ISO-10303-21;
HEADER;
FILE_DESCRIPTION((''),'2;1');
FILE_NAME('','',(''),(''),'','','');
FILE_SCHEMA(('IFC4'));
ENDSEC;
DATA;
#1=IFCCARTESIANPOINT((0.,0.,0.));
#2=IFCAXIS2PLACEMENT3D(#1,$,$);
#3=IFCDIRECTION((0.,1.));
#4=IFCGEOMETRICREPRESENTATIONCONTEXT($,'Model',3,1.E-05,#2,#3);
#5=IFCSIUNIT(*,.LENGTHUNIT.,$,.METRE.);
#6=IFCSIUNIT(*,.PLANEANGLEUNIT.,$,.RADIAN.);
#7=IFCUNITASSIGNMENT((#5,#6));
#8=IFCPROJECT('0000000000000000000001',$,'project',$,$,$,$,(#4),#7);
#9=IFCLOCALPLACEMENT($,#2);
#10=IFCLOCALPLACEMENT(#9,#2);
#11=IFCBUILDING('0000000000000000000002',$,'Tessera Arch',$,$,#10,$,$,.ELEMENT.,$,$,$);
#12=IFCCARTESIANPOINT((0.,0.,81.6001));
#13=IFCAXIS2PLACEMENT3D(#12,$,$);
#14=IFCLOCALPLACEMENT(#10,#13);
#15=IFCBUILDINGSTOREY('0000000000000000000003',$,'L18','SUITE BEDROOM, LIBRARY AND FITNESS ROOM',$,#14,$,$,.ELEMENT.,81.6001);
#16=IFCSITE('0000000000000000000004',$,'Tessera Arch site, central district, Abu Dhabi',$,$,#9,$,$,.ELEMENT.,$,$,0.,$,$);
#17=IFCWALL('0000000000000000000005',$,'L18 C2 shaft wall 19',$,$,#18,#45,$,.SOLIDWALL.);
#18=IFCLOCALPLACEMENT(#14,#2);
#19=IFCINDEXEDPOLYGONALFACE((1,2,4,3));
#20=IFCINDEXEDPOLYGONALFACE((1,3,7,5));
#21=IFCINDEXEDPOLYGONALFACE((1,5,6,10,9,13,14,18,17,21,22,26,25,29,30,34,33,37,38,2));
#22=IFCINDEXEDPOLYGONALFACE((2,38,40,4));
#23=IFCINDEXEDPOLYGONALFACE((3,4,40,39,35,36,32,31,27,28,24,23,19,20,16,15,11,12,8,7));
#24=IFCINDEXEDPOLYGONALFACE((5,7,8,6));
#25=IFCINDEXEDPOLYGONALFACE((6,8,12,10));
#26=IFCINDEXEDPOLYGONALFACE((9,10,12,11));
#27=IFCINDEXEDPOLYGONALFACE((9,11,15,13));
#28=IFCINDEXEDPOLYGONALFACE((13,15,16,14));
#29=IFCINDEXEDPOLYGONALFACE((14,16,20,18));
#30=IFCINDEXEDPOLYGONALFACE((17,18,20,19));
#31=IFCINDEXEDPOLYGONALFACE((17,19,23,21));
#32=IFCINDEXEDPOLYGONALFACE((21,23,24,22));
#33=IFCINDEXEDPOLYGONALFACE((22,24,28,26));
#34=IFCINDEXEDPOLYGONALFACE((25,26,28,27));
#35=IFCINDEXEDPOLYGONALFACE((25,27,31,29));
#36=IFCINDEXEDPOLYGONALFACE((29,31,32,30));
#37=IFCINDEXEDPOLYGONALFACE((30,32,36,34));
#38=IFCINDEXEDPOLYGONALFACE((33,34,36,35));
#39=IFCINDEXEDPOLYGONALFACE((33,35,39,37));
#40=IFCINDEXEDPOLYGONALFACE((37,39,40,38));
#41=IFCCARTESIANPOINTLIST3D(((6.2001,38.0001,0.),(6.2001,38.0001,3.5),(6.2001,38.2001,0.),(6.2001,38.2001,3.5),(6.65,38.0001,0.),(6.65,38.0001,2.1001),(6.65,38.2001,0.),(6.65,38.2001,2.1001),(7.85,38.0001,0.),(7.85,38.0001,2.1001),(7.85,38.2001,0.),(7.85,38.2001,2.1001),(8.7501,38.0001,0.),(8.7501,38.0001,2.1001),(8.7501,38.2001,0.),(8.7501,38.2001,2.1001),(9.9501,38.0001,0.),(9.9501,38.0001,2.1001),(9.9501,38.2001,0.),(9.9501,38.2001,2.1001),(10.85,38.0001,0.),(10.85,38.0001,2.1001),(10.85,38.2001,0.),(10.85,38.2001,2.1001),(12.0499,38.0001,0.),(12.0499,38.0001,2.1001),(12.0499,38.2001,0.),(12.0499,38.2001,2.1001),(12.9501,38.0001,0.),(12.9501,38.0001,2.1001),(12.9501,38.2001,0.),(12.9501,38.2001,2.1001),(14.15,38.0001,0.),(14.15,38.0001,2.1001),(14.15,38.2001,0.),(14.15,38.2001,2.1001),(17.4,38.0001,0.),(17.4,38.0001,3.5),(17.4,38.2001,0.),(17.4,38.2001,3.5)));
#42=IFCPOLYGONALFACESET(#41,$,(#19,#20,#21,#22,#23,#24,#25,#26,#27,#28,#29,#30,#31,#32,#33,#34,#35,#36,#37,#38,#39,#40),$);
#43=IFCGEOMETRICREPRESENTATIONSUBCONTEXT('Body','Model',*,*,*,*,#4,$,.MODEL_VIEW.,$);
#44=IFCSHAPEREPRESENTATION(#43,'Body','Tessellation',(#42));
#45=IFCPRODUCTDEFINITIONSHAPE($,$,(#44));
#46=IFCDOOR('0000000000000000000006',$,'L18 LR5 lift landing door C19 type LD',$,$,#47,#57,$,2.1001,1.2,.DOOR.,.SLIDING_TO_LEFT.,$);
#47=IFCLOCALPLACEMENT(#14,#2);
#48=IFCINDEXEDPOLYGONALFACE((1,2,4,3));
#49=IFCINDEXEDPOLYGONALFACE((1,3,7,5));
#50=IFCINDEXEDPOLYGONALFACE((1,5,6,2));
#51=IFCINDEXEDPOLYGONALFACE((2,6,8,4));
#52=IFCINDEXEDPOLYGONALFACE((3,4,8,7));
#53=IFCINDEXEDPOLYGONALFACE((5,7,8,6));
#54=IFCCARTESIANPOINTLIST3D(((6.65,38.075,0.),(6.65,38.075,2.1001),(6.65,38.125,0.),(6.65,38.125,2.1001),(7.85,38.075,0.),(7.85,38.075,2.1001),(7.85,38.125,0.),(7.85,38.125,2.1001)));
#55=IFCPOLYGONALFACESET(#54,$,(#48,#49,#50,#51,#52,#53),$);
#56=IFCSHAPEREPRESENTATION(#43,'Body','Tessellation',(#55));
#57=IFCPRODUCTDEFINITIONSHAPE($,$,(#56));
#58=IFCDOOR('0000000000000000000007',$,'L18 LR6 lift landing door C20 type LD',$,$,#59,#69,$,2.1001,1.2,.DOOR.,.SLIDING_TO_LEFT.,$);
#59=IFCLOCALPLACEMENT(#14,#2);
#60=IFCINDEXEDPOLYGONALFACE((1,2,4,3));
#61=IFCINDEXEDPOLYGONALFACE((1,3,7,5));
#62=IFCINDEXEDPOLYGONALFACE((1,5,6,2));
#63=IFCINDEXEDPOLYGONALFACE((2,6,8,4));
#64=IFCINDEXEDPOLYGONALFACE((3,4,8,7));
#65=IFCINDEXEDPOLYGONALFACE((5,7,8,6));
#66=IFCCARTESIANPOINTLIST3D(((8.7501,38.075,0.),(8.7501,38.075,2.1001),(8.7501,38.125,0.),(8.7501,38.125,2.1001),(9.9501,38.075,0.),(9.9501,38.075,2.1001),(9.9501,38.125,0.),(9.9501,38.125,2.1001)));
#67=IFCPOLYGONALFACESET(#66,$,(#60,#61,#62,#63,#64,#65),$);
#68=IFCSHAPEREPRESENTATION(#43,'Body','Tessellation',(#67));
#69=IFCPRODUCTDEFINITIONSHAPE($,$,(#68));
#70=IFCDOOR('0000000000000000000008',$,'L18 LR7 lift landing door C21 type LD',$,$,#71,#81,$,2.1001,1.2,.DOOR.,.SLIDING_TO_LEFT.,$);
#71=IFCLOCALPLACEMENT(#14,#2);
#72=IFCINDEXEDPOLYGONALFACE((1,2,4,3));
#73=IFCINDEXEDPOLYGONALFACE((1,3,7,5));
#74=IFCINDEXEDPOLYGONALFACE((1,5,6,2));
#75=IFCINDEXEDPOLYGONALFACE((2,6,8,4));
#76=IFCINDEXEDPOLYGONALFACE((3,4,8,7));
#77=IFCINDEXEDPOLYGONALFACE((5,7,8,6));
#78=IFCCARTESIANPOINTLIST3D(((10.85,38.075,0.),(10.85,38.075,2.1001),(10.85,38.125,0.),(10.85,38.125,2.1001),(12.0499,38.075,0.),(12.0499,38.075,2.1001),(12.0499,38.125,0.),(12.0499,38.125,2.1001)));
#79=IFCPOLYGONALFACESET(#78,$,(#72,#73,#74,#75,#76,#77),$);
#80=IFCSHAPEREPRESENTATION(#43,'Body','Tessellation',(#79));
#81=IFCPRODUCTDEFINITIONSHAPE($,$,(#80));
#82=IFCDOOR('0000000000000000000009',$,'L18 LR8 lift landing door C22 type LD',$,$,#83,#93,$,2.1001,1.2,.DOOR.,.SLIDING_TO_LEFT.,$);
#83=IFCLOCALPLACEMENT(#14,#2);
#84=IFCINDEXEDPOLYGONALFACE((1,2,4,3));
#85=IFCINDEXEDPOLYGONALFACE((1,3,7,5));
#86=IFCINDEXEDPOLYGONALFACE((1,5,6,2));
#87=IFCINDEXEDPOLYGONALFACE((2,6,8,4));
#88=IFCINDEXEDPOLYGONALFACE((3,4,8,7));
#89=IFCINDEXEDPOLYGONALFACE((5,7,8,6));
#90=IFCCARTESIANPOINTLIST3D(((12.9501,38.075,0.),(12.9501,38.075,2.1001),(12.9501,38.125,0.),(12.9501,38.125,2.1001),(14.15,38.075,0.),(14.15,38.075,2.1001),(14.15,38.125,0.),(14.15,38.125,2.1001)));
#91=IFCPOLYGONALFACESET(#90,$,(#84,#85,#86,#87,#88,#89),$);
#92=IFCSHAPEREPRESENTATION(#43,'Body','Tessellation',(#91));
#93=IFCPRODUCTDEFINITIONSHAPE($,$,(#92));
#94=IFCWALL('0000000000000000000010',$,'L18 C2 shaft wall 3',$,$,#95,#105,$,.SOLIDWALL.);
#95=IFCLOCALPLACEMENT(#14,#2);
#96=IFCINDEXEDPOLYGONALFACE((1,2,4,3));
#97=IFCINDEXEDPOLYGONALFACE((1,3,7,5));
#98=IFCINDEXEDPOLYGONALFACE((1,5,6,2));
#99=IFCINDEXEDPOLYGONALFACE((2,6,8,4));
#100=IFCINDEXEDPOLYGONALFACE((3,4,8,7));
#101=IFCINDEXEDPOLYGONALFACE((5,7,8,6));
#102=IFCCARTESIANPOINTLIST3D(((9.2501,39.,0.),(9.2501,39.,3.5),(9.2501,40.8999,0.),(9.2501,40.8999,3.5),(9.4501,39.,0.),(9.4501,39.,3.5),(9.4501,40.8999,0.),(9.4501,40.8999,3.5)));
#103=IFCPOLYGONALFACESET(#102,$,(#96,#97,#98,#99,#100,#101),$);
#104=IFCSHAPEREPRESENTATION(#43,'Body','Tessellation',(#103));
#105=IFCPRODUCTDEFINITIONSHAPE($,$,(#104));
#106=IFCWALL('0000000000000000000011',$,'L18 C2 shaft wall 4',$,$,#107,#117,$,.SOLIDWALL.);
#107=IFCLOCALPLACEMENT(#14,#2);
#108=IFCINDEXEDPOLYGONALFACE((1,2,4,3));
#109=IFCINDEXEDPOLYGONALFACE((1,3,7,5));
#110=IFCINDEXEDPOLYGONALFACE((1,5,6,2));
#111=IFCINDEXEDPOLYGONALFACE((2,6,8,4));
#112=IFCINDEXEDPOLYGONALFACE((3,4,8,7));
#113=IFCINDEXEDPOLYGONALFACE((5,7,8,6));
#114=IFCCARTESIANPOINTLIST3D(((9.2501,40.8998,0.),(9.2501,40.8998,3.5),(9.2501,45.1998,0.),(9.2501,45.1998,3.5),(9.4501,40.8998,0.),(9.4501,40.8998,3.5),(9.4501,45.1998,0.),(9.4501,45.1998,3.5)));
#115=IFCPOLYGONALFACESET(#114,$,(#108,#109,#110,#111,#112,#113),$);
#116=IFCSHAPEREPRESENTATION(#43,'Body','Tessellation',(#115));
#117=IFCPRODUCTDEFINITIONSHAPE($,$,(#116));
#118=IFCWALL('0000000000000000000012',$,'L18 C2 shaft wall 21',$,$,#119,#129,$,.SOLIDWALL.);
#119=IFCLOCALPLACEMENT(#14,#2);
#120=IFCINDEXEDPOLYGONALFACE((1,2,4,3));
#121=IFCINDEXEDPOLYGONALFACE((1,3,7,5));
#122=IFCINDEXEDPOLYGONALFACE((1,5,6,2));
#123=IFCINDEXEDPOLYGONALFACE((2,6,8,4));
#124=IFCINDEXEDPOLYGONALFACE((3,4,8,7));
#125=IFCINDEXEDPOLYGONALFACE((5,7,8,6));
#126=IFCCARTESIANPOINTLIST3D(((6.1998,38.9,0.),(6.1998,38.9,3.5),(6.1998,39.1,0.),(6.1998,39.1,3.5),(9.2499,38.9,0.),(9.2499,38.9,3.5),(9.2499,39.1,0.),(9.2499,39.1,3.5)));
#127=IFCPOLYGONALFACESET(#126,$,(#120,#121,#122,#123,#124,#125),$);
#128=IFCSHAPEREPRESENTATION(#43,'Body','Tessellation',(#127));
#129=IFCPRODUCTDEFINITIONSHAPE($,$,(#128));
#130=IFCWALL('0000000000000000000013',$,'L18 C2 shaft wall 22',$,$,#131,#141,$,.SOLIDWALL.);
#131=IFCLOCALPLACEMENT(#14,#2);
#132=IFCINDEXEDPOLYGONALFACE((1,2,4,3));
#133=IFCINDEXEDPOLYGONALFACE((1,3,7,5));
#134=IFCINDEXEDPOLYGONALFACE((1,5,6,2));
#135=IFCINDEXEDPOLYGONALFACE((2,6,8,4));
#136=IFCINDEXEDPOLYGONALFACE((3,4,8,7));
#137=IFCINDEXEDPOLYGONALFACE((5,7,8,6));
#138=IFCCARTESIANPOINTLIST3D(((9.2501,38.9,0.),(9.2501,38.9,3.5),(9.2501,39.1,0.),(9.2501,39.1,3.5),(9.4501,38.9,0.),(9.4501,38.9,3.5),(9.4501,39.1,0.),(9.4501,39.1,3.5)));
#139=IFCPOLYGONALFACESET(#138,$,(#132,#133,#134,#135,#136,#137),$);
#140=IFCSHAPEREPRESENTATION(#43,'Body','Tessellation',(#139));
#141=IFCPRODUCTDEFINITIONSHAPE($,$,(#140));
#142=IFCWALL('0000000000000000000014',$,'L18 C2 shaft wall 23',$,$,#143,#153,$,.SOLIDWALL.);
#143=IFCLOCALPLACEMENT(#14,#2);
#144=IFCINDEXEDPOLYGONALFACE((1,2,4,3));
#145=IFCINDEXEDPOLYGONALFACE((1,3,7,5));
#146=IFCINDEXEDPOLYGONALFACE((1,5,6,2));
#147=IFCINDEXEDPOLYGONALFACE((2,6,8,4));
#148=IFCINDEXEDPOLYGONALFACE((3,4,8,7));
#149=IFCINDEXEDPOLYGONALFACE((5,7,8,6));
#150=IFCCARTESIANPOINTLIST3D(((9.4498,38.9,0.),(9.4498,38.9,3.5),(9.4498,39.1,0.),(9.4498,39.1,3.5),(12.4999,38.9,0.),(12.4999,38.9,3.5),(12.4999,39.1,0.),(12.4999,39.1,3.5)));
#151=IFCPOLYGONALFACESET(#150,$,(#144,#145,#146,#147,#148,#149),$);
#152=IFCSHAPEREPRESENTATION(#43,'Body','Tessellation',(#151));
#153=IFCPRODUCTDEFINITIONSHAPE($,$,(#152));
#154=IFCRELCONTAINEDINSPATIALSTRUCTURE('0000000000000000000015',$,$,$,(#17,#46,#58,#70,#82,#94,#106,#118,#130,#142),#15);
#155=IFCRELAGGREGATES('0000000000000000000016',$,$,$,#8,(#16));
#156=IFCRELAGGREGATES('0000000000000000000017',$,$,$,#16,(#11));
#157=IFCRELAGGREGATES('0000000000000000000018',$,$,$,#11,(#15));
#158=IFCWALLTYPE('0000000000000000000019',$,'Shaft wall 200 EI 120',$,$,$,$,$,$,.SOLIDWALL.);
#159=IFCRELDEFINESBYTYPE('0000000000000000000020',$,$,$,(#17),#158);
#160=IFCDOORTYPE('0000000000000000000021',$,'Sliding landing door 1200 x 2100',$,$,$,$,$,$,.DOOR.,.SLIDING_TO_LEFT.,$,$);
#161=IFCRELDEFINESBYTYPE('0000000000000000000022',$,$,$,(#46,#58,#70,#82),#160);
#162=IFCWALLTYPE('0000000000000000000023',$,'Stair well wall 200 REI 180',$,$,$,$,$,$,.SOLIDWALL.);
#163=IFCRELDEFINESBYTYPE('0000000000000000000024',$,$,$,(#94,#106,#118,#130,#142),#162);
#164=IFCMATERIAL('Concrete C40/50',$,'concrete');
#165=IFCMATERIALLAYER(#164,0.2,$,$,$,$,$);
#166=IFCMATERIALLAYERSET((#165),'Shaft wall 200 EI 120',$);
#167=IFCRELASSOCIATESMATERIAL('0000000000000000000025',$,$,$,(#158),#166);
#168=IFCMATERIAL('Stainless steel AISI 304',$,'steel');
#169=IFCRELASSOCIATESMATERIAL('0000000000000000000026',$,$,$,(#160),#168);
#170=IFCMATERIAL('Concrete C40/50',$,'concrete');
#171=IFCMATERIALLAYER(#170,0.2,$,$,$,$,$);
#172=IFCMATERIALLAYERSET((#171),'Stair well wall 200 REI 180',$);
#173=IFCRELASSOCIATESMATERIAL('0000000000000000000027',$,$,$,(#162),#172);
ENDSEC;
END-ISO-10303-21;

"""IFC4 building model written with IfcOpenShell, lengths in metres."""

from ifc_helpers import new_model, si_unit, direction, frame, frame_2d, origin, place, context, subcontext, project, spatial, rectangle, extrude, material, layer, layer_set, type_object, element, fill, save


model = new_model("IFC4")

# Units and contexts
model_context = context("Model", 3, precision=1e-05, world=origin(), true_north=direction((0.0, 1.0)))
body_context = subcontext(model_context, "Body", "Model", "MODEL_VIEW")
ifc_project = project(units=[si_unit("LENGTHUNIT", "METRE"), si_unit("PLANEANGLEUNIT", "RADIAN")], contexts=[model_context])

# Site, building, storey
site_placement = place(None, origin())
site = spatial("IfcSite", under=ifc_project, at=site_placement, Name="Tessera Arch site, central district, Abu Dhabi", CompositionType="ELEMENT", RefElevation=0.0)
building_placement = place(site_placement, origin())
building = spatial("IfcBuilding", under=site, at=building_placement, Name="Tessera Arch", CompositionType="ELEMENT")
storey_placement = place(building_placement, frame((0.0, 0.0, 81.6001)))
storey = spatial("IfcBuildingStorey", under=building, at=storey_placement, Name="L18", Description="SUITE BEDROOM, LIBRARY AND FITNESS ROOM", CompositionType="ELEMENT", Elevation=81.6001)

# Wall, openings, doors
ifc_material_1 = material(Name="Concrete C40/50", Category="concrete")
ifc_layer_1 = layer(ifc_material_1, 0.2)
ifc_layer_set_1 = layer_set([ifc_layer_1], Name="Shaft wall 200 EI 120")
wall_type_1 = type_object("IfcWallType", Name="Shaft wall 200 EI 120", PredefinedType="SOLIDWALL", material=ifc_layer_set_1)
wall_1_placement = place(storey_placement, frame((6.2, 38.1001, 0.0), z_axis=(0.0, 0.0, 1.0), x_axis=(1.0, 0.0, 0.0)))
wall_1 = element("IfcWall", 1, at=wall_1_placement, inside=storey, type_object=wall_type_1, Name="L18 C2 shaft wall 19", PredefinedType="SOLIDWALL", context=body_context, shape_type="SweptSolid", body=[
    extrude(rectangle(XDim=11.2, YDim=0.2, at=frame_2d((5.6001, 0.0))), origin(), (0.0, 0.0, 1.0), 3.5),
])
opening_1_placement = place(wall_1_placement, frame((0.45, 0.0, 0.0)))
opening_1 = element("IfcOpeningElement", 2, at=opening_1_placement, cuts=wall_1, PredefinedType="OPENING", context=body_context, shape_type="SweptSolid", body=[
    extrude(rectangle(XDim=1.2, YDim=2.1001, at=frame_2d((0.6001, 1.05))), frame((0.0, 0.1099, 0.0), z_axis=(0.0, -1.0, 0.0), x_axis=(1.0, 0.0, 0.0)), (0.0, 0.0, 1.0), 0.22),
])
opening_2_placement = place(wall_1_placement, frame((2.55, 0.0, 0.0)))
opening_2 = element("IfcOpeningElement", 3, at=opening_2_placement, cuts=wall_1, PredefinedType="OPENING", context=body_context, shape_type="SweptSolid", body=[
    extrude(rectangle(XDim=1.2, YDim=2.1001, at=frame_2d((0.6001, 1.05))), frame((0.0, 0.1099, 0.0), z_axis=(0.0, -1.0, 0.0), x_axis=(1.0, 0.0, 0.0)), (0.0, 0.0, 1.0), 0.22),
])
opening_3_placement = place(wall_1_placement, frame((4.6499, 0.0, 0.0)))
opening_3 = element("IfcOpeningElement", 4, at=opening_3_placement, cuts=wall_1, PredefinedType="OPENING", context=body_context, shape_type="SweptSolid", body=[
    extrude(rectangle(XDim=1.2, YDim=2.1001, at=frame_2d((0.6001, 1.05))), frame((0.0, 0.1099, 0.0), z_axis=(0.0, -1.0, 0.0), x_axis=(1.0, 0.0, 0.0)), (0.0, 0.0, 1.0), 0.22),
])
opening_4_placement = place(wall_1_placement, frame((6.75, 0.0, 0.0)))
opening_4 = element("IfcOpeningElement", 5, at=opening_4_placement, cuts=wall_1, PredefinedType="OPENING", context=body_context, shape_type="SweptSolid", body=[
    extrude(rectangle(XDim=1.2, YDim=2.1001, at=frame_2d((0.6001, 1.05))), frame((0.0, 0.1099, 0.0), z_axis=(0.0, -1.0, 0.0), x_axis=(1.0, 0.0, 0.0)), (0.0, 0.0, 1.0), 0.22),
])
ifc_material_2 = material(Name="Stainless steel AISI 304", Category="steel")
door_type = type_object("IfcDoorType", Name="Sliding landing door 1200 x 2100", OperationType="SLIDING_TO_LEFT", PredefinedType="DOOR", material=ifc_material_2)
door_1_placement = place(opening_1_placement, origin())
door_1 = element("IfcDoor", 6, at=door_1_placement, inside=storey, type_object=door_type, Name="L18 LR5 lift landing door C19 type LD", OperationType="SLIDING_TO_LEFT", OverallHeight=2.1001, OverallWidth=1.2, PredefinedType="DOOR", context=body_context, shape_type="SweptSolid", body=[
    extrude(rectangle(XDim=1.2, YDim=2.1001, at=frame_2d((0.6001, 1.05))), frame((0.0, 0.0249, 0.0), z_axis=(0.0, -1.0, 0.0), x_axis=(1.0, 0.0, 0.0)), (0.0, 0.0, 1.0), 0.05),
])
fill(opening_1, door_1)
door_2_placement = place(opening_2_placement, origin())
door_2 = element("IfcDoor", 7, at=door_2_placement, inside=storey, type_object=door_type, Name="L18 LR6 lift landing door C20 type LD", OperationType="SLIDING_TO_LEFT", OverallHeight=2.1001, OverallWidth=1.2, PredefinedType="DOOR", context=body_context, shape_type="SweptSolid", body=[
    extrude(rectangle(XDim=1.2, YDim=2.1001, at=frame_2d((0.6001, 1.05))), frame((0.0, 0.0249, 0.0), z_axis=(0.0, -1.0, 0.0), x_axis=(1.0, 0.0, 0.0)), (0.0, 0.0, 1.0), 0.05),
])
fill(opening_2, door_2)
door_3_placement = place(opening_3_placement, origin())
door_3 = element("IfcDoor", 8, at=door_3_placement, inside=storey, type_object=door_type, Name="L18 LR7 lift landing door C21 type LD", OperationType="SLIDING_TO_LEFT", OverallHeight=2.1001, OverallWidth=1.2, PredefinedType="DOOR", context=body_context, shape_type="SweptSolid", body=[
    extrude(rectangle(XDim=1.2, YDim=2.1001, at=frame_2d((0.6001, 1.05))), frame((0.0, 0.0249, 0.0), z_axis=(0.0, -1.0, 0.0), x_axis=(1.0, 0.0, 0.0)), (0.0, 0.0, 1.0), 0.05),
])
fill(opening_3, door_3)
door_4_placement = place(opening_4_placement, origin())
door_4 = element("IfcDoor", 9, at=door_4_placement, inside=storey, type_object=door_type, Name="L18 LR8 lift landing door C22 type LD", OperationType="SLIDING_TO_LEFT", OverallHeight=2.1001, OverallWidth=1.2, PredefinedType="DOOR", context=body_context, shape_type="SweptSolid", body=[
    extrude(rectangle(XDim=1.2, YDim=2.1001, at=frame_2d((0.6001, 1.05))), frame((0.0, 0.0249, 0.0), z_axis=(0.0, -1.0, 0.0), x_axis=(1.0, 0.0, 0.0)), (0.0, 0.0, 1.0), 0.05),
])
fill(opening_4, door_4)

# Walls
ifc_material_3 = material(Name="Concrete C40/50", Category="concrete")
ifc_layer_2 = layer(ifc_material_3, 0.2)
ifc_layer_set_2 = layer_set([ifc_layer_2], Name="Stair well wall 200 REI 180")
wall_type_2 = type_object("IfcWallType", Name="Stair well wall 200 REI 180", PredefinedType="SOLIDWALL", material=ifc_layer_set_2)
wall_2_placement = place(storey_placement, frame((9.3501, 39.0, 0.0), z_axis=(0.0, 0.0, 1.0), x_axis=(0.0, 1.0, 0.0)))
element("IfcWall", 10, at=wall_2_placement, inside=storey, type_object=wall_type_2, Name="L18 C2 shaft wall 3", PredefinedType="SOLIDWALL", context=body_context, shape_type="SweptSolid", body=[
    extrude(rectangle(XDim=1.8999, YDim=0.2, at=frame_2d((0.95, 0.0))), origin(), (0.0, 0.0, 1.0), 3.5),
])
wall_3_placement = place(storey_placement, frame((9.3501, 40.8999, 0.0), z_axis=(0.0, 0.0, 1.0), x_axis=(0.0, 1.0, 0.0)))
element("IfcWall", 11, at=wall_3_placement, inside=storey, type_object=wall_type_2, Name="L18 C2 shaft wall 4", PredefinedType="SOLIDWALL", context=body_context, shape_type="SweptSolid", body=[
    extrude(rectangle(XDim=4.3, YDim=0.2, at=frame_2d((2.1499, 0.0))), origin(), (0.0, 0.0, 1.0), 3.5),
])
wall_4_placement = place(storey_placement, frame((6.2, 39.0, 0.0), z_axis=(0.0, 0.0, 1.0), x_axis=(1.0, 0.0, 0.0)))
element("IfcWall", 12, at=wall_4_placement, inside=storey, type_object=wall_type_2, Name="L18 C2 shaft wall 21", PredefinedType="SOLIDWALL", context=body_context, shape_type="SweptSolid", body=[
    extrude(rectangle(XDim=3.05, YDim=0.2, at=frame_2d((1.5249, 0.0))), origin(), (0.0, 0.0, 1.0), 3.5),
])
wall_5_placement = place(storey_placement, frame((9.25, 39.0, 0.0), z_axis=(0.0, 0.0, 1.0), x_axis=(1.0, 0.0, 0.0)))
element("IfcWall", 13, at=wall_5_placement, inside=storey, type_object=wall_type_2, Name="L18 C2 shaft wall 22", PredefinedType="SOLIDWALL", context=body_context, shape_type="SweptSolid", body=[
    extrude(rectangle(XDim=0.2, YDim=0.2, at=frame_2d((0.1001, 0.0))), origin(), (0.0, 0.0, 1.0), 3.5),
])
wall_6_placement = place(storey_placement, frame((9.45, 39.0, 0.0), z_axis=(0.0, 0.0, 1.0), x_axis=(1.0, 0.0, 0.0)))
element("IfcWall", 14, at=wall_6_placement, inside=storey, type_object=wall_type_2, Name="L18 C2 shaft wall 23", PredefinedType="SOLIDWALL", context=body_context, shape_type="SweptSolid", body=[
    extrude(rectangle(XDim=3.05, YDim=0.2, at=frame_2d((1.5249, 0.0))), origin(), (0.0, 0.0, 1.0), 3.5),
])

save(model, "model.ifc")
